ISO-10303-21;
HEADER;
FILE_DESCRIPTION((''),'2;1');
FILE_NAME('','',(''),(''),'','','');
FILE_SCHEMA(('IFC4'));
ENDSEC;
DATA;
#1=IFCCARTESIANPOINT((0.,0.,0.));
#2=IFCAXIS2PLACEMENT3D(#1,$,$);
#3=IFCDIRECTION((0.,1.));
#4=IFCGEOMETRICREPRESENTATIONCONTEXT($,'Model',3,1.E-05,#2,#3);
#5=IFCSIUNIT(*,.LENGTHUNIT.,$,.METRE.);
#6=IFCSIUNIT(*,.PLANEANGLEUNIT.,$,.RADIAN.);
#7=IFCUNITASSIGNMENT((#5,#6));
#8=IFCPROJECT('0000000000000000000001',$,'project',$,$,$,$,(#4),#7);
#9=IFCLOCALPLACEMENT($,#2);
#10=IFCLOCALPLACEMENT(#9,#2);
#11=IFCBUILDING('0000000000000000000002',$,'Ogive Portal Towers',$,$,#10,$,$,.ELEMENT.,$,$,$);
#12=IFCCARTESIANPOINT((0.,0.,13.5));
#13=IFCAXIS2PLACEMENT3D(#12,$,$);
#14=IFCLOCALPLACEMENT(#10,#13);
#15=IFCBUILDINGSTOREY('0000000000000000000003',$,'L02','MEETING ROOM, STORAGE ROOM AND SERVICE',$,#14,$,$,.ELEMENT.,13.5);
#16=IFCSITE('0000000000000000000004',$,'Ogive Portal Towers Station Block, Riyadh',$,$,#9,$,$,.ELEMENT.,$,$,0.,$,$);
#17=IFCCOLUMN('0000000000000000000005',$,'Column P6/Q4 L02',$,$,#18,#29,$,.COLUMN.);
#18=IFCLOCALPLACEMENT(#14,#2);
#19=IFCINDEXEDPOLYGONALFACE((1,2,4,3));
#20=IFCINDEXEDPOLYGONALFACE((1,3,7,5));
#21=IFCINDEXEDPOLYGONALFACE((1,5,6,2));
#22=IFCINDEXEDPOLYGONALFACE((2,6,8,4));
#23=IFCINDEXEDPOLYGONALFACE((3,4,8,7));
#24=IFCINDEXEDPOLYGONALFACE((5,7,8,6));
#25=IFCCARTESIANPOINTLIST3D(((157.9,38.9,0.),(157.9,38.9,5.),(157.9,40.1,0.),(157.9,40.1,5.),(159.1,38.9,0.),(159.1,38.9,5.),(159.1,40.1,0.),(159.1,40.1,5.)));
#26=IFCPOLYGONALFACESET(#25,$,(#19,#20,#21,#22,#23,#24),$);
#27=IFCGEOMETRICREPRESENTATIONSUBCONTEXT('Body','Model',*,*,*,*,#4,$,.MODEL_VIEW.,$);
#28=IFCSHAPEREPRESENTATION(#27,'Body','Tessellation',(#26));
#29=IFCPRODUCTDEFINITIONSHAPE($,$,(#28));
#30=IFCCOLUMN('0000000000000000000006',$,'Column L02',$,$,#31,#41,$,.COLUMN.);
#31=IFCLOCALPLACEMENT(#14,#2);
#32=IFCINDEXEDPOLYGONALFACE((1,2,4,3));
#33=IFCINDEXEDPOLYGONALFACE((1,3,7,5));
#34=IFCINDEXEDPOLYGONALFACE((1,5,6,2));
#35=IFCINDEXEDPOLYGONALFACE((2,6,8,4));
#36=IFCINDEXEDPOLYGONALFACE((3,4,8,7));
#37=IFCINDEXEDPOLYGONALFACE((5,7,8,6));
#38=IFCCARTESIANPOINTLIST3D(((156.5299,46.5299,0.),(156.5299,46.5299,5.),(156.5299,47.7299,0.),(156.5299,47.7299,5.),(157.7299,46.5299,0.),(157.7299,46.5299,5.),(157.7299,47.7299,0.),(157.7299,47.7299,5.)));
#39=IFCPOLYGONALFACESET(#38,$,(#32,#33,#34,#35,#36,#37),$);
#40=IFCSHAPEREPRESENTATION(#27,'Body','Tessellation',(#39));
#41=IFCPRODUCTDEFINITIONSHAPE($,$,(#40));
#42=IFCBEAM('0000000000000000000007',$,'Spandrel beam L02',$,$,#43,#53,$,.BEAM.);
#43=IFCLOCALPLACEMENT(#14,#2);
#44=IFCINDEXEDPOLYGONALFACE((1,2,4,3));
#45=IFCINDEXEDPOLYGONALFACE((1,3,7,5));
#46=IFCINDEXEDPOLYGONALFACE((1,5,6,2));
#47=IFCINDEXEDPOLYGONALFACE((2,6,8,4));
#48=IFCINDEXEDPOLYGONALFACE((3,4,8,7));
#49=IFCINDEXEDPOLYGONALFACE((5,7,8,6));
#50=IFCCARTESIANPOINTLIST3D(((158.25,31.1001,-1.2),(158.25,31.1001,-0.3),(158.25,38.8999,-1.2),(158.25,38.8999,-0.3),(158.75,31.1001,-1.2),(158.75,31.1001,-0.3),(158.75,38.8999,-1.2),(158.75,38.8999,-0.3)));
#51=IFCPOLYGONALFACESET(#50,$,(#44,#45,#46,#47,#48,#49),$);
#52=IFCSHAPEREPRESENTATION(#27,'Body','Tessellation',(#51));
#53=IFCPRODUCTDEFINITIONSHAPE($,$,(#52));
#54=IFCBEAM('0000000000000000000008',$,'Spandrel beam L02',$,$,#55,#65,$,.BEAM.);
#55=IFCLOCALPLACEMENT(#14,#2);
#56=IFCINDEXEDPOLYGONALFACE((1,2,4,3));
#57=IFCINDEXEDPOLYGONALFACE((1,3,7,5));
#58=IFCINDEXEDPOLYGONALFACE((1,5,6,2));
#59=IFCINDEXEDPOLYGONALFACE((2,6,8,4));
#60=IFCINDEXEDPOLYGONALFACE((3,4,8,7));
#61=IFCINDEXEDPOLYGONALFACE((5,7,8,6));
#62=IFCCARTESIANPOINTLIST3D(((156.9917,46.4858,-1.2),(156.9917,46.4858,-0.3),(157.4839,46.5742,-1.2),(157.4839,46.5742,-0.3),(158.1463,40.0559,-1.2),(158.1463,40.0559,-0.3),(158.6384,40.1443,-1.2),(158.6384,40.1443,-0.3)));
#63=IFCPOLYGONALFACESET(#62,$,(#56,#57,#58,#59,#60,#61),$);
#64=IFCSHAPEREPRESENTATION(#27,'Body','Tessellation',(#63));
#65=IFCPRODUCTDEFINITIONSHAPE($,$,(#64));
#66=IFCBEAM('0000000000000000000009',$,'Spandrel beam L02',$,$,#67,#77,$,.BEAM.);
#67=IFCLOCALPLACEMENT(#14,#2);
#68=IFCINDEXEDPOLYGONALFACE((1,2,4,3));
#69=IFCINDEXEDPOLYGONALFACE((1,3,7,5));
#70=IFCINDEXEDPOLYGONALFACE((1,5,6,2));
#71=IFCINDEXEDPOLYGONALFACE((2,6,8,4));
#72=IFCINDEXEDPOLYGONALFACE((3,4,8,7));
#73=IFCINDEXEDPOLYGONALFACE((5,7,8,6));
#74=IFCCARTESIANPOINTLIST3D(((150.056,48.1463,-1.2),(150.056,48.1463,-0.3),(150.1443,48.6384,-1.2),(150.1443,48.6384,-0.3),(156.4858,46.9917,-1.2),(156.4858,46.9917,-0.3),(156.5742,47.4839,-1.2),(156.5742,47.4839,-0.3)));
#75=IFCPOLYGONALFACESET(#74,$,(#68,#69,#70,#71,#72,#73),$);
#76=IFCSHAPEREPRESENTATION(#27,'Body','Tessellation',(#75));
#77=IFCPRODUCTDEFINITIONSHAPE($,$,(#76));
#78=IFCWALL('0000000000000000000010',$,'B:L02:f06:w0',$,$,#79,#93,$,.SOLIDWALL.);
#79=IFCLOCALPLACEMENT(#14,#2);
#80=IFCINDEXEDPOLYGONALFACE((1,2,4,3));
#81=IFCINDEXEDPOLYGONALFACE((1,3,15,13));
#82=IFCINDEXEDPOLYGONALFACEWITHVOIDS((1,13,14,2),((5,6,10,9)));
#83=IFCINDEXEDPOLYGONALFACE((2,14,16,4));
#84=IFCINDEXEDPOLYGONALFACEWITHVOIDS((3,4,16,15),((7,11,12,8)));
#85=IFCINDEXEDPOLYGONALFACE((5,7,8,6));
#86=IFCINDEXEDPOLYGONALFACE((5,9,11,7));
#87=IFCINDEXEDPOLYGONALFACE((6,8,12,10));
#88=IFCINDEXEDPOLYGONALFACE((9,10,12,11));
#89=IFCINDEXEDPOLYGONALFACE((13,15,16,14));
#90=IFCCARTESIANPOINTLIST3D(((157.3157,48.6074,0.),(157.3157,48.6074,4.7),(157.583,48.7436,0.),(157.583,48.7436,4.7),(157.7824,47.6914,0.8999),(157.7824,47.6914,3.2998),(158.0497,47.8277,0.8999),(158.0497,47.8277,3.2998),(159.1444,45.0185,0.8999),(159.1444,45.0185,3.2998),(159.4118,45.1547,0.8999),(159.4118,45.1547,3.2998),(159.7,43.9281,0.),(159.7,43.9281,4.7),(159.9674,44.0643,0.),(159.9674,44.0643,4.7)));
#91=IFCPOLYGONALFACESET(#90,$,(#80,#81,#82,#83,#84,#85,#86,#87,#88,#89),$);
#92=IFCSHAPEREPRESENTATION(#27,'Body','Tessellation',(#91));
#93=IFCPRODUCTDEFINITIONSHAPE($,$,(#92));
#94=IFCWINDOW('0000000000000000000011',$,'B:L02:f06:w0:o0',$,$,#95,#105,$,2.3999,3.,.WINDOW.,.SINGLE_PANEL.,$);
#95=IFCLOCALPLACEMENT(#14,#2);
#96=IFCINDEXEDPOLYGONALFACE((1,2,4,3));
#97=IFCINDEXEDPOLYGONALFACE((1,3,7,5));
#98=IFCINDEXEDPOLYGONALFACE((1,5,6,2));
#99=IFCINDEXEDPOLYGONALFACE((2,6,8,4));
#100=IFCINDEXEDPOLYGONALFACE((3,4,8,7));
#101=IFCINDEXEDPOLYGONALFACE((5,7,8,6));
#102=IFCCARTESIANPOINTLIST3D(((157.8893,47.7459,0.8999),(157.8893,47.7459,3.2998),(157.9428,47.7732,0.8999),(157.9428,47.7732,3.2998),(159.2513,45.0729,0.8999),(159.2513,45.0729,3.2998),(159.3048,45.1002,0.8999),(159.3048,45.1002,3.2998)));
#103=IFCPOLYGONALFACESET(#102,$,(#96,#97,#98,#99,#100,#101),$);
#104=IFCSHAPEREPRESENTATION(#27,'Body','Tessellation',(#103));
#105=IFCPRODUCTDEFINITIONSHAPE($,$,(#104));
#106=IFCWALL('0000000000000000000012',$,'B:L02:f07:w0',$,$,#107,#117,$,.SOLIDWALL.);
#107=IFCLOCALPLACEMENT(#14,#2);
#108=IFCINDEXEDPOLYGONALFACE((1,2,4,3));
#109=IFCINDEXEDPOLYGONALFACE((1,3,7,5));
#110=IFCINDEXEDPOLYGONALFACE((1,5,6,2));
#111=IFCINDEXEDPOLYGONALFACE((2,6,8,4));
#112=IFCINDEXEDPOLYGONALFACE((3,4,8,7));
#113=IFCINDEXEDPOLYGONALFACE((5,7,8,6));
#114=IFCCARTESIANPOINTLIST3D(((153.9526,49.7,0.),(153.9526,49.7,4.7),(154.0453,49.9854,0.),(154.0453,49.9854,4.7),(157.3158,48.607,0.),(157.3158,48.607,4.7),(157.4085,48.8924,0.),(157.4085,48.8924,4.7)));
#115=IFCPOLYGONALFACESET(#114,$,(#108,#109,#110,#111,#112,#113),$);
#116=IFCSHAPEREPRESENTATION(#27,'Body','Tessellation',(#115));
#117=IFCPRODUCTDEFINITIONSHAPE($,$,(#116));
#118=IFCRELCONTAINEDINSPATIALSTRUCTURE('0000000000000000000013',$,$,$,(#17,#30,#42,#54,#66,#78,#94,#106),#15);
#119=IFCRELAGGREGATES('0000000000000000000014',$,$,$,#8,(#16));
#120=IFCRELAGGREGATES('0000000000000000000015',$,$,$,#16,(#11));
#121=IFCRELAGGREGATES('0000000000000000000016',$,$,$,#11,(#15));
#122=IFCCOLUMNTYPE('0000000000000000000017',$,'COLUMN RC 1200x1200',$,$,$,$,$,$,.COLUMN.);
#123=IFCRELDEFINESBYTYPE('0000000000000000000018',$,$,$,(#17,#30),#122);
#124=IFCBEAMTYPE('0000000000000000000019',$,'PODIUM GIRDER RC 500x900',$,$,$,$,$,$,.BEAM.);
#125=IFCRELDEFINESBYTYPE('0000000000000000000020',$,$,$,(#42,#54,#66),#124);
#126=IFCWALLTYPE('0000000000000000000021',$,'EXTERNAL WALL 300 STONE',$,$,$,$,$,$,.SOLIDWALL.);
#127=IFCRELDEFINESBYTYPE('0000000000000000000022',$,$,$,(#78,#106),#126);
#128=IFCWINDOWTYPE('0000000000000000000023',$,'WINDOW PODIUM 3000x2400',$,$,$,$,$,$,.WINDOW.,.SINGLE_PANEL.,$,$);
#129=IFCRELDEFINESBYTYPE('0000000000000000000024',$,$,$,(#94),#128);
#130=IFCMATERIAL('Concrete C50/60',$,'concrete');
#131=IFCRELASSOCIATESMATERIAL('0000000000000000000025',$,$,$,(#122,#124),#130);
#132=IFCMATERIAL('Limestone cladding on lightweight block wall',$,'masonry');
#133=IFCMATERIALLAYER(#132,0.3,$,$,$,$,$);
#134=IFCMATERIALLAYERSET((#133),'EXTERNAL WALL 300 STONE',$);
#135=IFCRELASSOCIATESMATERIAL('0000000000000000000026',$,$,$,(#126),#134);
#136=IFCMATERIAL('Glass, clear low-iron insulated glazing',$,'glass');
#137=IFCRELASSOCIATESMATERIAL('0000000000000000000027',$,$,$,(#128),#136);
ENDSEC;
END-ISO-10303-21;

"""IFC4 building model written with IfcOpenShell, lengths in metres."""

from ifc_helpers import new_model, si_unit, direction, frame, frame_2d, origin, origin_2d, place, context, subcontext, project, spatial, rectangle, extrude, material, layer, layer_set, material_profile, profile_set, type_object, element, fill, save


model = new_model("IFC4")

# Units and contexts
model_context = context("Model", 3, precision=1e-05, world=origin(), true_north=direction((0.0, 1.0)))
body_context = subcontext(model_context, "Body", "Model", "MODEL_VIEW")
ifc_project = project(units=[si_unit("LENGTHUNIT", "METRE"), si_unit("PLANEANGLEUNIT", "RADIAN")], contexts=[model_context])

# Site, building, storey
site_placement = place(None, origin())
site = spatial("IfcSite", under=ifc_project, at=site_placement, Name="Ogive Portal Towers Station Block, Riyadh", CompositionType="ELEMENT", RefElevation=0.0)
building_placement = place(site_placement, origin())
building = spatial("IfcBuilding", under=site, at=building_placement, Name="Ogive Portal Towers", CompositionType="ELEMENT")
storey_placement = place(building_placement, frame((0.0, 0.0, 13.5)))
storey = spatial("IfcBuildingStorey", under=building, at=storey_placement, Name="L02", Description="MEETING ROOM, STORAGE ROOM AND SERVICE", CompositionType="ELEMENT", Elevation=13.5)

# Columns
ifc_material_1 = material(Name="Concrete C50/60", Category="concrete")
ifc_material_profile_1 = material_profile(ifc_material_1, rectangle(XDim=1.2, YDim=1.2, at=origin_2d()), Name="RC 1200x1200")
ifc_profile_set_1 = profile_set([ifc_material_profile_1], Name="Concrete C50/60")
column_type = type_object("IfcColumnType", Name="COLUMN RC 1200x1200", PredefinedType="COLUMN", material=ifc_profile_set_1)
for number, where, z_axis, x_axis, name in (
    (1, (158.5, 39.5, 0.0), (0.0, 0.0, 1.0), (1.0, 0.0, 0.0), "Column P6/Q4 L02"),
    (2, (157.1299, 47.1299, 0.0), (0.0, 0.0, 1.0), (1.0, 0.0, 0.0), "Column L02"),
):
    element("IfcColumn", number, at=place(storey_placement, frame(where, z_axis=z_axis, x_axis=x_axis)), inside=storey, type_object=column_type, Name=name, PredefinedType="COLUMN", context=body_context, shape_type="SweptSolid", body=[
        extrude(rectangle(XDim=1.2, YDim=1.2, at=origin_2d()), origin(), (0.0, 0.0, 1.0), 5.0),
    ])

# Beams
ifc_material_profile_2 = material_profile(ifc_material_1, rectangle(XDim=0.5, YDim=0.8999, at=origin_2d()), Name="RC 500x900")
ifc_profile_set_2 = profile_set([ifc_material_profile_2], Name="Concrete C50/60")
beam_type = type_object("IfcBeamType", Name="PODIUM GIRDER RC 500x900", PredefinedType="BEAM", material=ifc_profile_set_2)
beam_placement = place(storey_placement, frame((158.5, 31.1001, -0.75), z_axis=(0.0, 1.0, 0.0), x_axis=(-1.0, 0.0, 0.0)))
element("IfcBeam", 3, at=beam_placement, inside=storey, type_object=beam_type, Name="Spandrel beam L02", PredefinedType="BEAM", context=body_context, shape_type="SweptSolid", body=[
    extrude(rectangle(XDim=0.5, YDim=0.8999, at=origin_2d()), origin(), (0.0, 0.0, 1.0), 7.7998),
])
for number, where, z_axis, x_axis, name in (
    (4, (158.3923, 40.1001, -0.75), (-0.176731, 0.984259, 0.0), (-0.984259, -0.176731, 0.0), "Spandrel beam L02"),
    (5, (156.53, 47.2378, -0.75), (-0.984259, 0.176731, 0.0), (-0.176731, -0.984259, 0.0), "Spandrel beam L02"),
):
    element("IfcBeam", number, at=place(storey_placement, frame(where, z_axis=z_axis, x_axis=x_axis)), inside=storey, type_object=beam_type, Name=name, PredefinedType="BEAM", context=body_context, shape_type="SweptSolid", body=[
        extrude(rectangle(XDim=0.5, YDim=0.8999, at=origin_2d()), origin(), (0.0, 0.0, 1.0), 6.5327),
    ])

# Wall, opening, window
ifc_material_2 = material(Name="Limestone cladding on lightweight block wall", Category="masonry")
ifc_layer_1 = layer(ifc_material_2, 0.3)
ifc_layer_set_1 = layer_set([ifc_layer_1], Name="EXTERNAL WALL 300 STONE")
wall_type = type_object("IfcWallType", Name="EXTERNAL WALL 300 STONE", PredefinedType="SOLIDWALL", material=ifc_layer_set_1)
wall_1_placement = place(storey_placement, frame((159.8337, 43.9961, 0.0), z_axis=(0.0, 0.0, 1.0), x_axis=(-0.454007, 0.890998, 0.0)))
wall_1 = element("IfcWall", 6, at=wall_1_placement, inside=storey, type_object=wall_type, Name="B:L02:f06:w0", PredefinedType="SOLIDWALL", context=body_context, shape_type="SweptSolid", body=[
    extrude(rectangle(XDim=5.2517, YDim=0.3, at=frame_2d((2.626, 0.0))), origin(), (0.0, 0.0, 1.0), 4.7),
])
opening_1_placement = place(wall_1_placement, frame((1.2239, 0.0, 0.8999)))
opening_1 = element("IfcOpeningElement", 7, at=opening_1_placement, cuts=wall_1, PredefinedType="OPENING", context=body_context, shape_type="SweptSolid", body=[
    extrude(rectangle(XDim=3.0, YDim=2.3999, at=frame_2d((1.5, 1.2))), frame((0.0, 0.1602, 0.0), z_axis=(0.0, -1.0, 0.0), x_axis=(1.0, 0.0, 0.0)), (0.0, 0.0, 1.0), 0.3201),
])
ifc_material_3 = material(Name="Glass, clear low-iron insulated glazing", Category="glass")
window_type = type_object("IfcWindowType", Name="WINDOW PODIUM 3000x2400", PartitioningType="SINGLE_PANEL", PredefinedType="WINDOW", material=ifc_material_3)
window_1_placement = place(opening_1_placement, origin())
window_1 = element("IfcWindow", 8, at=window_1_placement, inside=storey, type_object=window_type, Name="B:L02:f06:w0:o0", OverallHeight=2.3999, OverallWidth=3.0, PartitioningType="SINGLE_PANEL", PredefinedType="WINDOW", context=body_context, shape_type="SweptSolid", body=[
    extrude(rectangle(XDim=3.0, YDim=2.3999, at=frame_2d((1.5, 1.2))), frame((0.0, 0.03, 0.0), z_axis=(0.0, -1.0, 0.0), x_axis=(1.0, 0.0, 0.0)), (0.0, 0.0, 1.0), 0.0601),
])
fill(opening_1, window_1)

# Wall
wall_2_placement = place(storey_placement, frame((157.3621, 48.7498, 0.0), z_axis=(0.0, 0.0, 1.0), x_axis=(-0.951038, 0.309074, 0.0)))
element("IfcWall", 9, at=wall_2_placement, inside=storey, type_object=wall_type, Name="B:L02:f07:w0", PredefinedType="SOLIDWALL", context=body_context, shape_type="SweptSolid", body=[
    extrude(rectangle(XDim=3.5364, YDim=0.3, at=frame_2d((1.7681, 0.0))), origin(), (0.0, 0.0, 1.0), 4.7),
])

save(model, "model.ifc")
